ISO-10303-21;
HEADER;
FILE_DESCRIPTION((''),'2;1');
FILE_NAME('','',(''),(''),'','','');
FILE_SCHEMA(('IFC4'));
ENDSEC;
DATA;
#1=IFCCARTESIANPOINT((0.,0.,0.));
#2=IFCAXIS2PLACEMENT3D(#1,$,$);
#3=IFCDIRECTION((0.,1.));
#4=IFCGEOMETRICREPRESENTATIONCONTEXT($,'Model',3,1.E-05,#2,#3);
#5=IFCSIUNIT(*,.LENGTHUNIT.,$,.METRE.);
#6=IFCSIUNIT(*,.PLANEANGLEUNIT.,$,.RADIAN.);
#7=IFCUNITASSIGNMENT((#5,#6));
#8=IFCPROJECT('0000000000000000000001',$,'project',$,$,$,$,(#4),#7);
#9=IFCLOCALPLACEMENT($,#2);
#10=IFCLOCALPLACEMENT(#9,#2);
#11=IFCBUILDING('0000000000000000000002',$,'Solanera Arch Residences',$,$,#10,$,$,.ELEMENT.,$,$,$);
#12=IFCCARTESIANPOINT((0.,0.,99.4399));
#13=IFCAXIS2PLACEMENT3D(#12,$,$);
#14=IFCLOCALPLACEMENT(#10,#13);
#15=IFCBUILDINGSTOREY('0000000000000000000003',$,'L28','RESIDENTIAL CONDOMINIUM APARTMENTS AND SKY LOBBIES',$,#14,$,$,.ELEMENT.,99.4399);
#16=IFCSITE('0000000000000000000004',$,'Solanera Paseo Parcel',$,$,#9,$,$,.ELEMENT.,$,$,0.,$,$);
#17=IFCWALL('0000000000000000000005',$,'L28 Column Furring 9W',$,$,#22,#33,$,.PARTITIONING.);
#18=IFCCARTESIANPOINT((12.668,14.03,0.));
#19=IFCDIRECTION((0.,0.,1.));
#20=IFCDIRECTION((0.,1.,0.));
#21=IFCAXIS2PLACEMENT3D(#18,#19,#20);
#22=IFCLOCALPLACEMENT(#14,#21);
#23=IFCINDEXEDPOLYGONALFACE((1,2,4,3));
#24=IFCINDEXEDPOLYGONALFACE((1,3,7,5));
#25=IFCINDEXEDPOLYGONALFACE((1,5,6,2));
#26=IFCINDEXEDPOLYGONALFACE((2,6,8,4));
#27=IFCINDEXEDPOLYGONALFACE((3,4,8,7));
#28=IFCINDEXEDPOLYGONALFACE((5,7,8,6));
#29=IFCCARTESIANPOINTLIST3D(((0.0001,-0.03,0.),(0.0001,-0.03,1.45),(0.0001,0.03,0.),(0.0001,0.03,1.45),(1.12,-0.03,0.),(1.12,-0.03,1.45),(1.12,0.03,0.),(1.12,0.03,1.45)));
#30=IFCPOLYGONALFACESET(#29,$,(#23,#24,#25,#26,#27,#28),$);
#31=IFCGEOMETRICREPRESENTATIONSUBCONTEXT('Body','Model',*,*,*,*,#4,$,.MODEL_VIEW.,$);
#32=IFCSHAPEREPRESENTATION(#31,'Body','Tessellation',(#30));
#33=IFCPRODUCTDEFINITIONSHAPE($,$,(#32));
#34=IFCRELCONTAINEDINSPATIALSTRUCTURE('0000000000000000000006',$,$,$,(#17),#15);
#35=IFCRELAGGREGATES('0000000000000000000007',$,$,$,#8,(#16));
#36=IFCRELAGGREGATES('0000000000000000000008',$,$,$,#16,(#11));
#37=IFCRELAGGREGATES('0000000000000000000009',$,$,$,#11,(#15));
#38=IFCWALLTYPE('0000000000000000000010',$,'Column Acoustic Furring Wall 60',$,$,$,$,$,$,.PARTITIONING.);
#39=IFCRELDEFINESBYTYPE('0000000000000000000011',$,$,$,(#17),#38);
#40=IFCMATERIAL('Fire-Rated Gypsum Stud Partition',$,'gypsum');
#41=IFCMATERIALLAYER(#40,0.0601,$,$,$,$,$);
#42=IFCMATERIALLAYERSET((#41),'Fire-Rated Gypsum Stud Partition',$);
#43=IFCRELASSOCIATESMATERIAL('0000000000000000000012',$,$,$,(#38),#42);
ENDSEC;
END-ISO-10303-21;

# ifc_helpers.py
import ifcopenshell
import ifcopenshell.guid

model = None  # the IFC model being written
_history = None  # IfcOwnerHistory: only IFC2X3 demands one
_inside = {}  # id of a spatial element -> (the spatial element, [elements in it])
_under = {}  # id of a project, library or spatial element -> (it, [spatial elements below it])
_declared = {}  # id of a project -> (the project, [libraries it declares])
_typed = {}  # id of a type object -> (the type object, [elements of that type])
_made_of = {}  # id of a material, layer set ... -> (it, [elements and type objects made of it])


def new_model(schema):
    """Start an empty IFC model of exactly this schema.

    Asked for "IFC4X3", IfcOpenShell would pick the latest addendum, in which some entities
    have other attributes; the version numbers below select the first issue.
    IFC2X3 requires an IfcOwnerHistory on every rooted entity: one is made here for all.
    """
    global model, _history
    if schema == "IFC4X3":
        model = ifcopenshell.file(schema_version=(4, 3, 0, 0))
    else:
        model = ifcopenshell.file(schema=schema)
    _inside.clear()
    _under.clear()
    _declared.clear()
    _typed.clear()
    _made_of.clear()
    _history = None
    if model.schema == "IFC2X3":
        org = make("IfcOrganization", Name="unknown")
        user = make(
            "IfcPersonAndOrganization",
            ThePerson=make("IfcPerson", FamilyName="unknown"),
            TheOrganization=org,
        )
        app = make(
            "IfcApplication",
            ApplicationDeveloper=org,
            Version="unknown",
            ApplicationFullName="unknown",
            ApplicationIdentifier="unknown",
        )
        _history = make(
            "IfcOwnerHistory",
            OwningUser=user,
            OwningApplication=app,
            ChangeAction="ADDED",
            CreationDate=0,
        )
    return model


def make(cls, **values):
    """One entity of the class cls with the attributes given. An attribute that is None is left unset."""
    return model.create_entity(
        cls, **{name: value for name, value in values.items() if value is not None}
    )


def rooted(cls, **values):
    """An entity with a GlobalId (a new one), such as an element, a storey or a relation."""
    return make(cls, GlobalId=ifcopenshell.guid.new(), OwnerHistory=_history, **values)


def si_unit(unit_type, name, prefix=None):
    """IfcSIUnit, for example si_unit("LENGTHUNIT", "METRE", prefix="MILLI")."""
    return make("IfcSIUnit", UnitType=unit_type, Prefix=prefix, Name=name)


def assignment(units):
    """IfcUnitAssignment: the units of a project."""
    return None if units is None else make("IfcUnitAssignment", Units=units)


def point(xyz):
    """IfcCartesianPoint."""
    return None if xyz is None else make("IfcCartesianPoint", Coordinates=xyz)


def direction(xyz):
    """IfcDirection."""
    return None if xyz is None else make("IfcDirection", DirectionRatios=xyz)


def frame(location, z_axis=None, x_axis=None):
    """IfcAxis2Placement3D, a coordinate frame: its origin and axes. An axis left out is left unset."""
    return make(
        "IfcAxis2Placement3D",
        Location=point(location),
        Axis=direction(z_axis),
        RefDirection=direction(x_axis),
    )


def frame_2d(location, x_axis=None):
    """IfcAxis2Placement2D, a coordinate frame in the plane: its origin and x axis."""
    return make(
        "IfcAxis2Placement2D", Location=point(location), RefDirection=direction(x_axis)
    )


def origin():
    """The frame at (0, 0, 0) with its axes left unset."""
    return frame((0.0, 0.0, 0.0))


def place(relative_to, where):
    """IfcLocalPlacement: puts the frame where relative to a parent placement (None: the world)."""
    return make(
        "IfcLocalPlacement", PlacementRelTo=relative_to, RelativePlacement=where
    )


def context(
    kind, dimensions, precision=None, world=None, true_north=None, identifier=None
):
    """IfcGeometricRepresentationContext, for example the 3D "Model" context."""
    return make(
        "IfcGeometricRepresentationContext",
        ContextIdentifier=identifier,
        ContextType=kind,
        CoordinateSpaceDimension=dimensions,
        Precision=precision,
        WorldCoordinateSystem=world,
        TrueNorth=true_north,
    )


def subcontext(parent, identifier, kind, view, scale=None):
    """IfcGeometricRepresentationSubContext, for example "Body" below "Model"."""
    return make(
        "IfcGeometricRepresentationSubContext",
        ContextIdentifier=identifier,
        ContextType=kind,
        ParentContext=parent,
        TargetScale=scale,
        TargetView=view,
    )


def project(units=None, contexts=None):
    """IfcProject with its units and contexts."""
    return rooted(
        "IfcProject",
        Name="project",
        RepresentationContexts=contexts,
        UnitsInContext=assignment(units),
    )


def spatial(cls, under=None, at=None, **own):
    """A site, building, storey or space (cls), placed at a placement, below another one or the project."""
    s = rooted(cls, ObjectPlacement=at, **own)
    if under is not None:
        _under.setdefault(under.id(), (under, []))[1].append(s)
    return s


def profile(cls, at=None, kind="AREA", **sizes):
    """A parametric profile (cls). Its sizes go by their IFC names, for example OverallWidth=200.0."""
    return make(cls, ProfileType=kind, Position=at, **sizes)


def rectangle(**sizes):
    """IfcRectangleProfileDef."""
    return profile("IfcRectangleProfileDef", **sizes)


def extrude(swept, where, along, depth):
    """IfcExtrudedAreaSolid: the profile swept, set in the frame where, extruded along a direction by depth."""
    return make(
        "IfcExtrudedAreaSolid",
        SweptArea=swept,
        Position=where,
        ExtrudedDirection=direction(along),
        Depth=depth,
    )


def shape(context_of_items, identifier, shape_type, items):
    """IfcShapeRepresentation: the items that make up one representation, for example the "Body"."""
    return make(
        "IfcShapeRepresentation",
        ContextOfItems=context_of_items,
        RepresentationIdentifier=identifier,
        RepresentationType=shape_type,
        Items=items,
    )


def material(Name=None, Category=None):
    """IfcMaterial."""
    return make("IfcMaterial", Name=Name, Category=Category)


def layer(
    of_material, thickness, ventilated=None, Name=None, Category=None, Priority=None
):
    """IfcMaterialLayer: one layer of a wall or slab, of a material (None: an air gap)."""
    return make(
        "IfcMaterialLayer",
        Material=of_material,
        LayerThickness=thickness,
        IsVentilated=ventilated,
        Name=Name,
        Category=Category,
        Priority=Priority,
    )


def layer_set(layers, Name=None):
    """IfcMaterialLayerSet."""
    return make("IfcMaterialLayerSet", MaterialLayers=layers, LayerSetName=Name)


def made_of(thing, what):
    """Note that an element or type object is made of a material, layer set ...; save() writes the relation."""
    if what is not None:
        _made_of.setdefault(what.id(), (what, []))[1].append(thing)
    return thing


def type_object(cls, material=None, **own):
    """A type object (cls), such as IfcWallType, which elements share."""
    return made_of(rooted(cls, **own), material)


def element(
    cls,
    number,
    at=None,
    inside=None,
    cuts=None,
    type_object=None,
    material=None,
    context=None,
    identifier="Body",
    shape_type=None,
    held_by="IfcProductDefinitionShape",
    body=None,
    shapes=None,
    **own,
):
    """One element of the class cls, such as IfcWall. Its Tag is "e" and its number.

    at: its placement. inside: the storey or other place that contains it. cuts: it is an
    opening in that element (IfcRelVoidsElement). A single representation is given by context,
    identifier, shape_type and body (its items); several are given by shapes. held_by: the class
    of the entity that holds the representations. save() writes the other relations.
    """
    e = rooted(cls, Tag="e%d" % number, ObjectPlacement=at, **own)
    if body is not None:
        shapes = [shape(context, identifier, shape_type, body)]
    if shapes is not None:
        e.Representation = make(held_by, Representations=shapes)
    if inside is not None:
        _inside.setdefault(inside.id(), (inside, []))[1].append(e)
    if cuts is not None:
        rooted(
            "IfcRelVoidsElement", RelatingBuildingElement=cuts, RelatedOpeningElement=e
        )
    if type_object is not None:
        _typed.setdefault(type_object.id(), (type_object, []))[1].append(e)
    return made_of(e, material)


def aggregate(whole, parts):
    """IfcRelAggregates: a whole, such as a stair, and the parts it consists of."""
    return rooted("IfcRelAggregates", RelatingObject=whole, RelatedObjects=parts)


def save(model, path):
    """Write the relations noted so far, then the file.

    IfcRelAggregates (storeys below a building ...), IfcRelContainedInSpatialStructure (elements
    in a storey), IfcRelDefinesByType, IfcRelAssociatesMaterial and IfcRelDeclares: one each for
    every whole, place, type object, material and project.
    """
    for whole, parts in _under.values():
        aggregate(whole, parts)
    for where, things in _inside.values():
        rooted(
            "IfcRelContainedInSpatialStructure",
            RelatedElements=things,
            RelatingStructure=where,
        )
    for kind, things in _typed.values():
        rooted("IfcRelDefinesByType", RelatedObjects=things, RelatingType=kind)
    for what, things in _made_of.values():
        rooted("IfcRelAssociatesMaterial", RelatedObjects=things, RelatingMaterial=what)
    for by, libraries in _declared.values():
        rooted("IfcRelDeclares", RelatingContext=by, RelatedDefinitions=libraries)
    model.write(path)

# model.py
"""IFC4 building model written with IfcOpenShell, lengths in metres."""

from ifc_helpers import new_model, si_unit, direction, frame, frame_2d, origin, place, context, subcontext, project, spatial, rectangle, extrude, material, layer, layer_set, type_object, element, save


model = new_model("IFC4")

# Units and contexts
model_context = context("Model", 3, precision=1e-05, world=origin(), true_north=direction((0.0, 1.0)))
body_context = subcontext(model_context, "Body", "Model", "MODEL_VIEW")
ifc_project = project(units=[si_unit("LENGTHUNIT", "METRE"), si_unit("PLANEANGLEUNIT", "RADIAN")], contexts=[model_context])

# Site, building, storey
site_placement = place(None, origin())
site = spatial("IfcSite", under=ifc_project, at=site_placement, Name="Solanera Paseo Parcel", CompositionType="ELEMENT", RefElevation=0.0)
building_placement = place(site_placement, origin())
building = spatial("IfcBuilding", under=site, at=building_placement, Name="Solanera Arch Residences", CompositionType="ELEMENT")
storey_placement = place(building_placement, frame((0.0, 0.0, 99.4399)))
storey = spatial("IfcBuildingStorey", under=building, at=storey_placement, Name="L28", Description="RESIDENTIAL CONDOMINIUM APARTMENTS AND SKY LOBBIES", CompositionType="ELEMENT", Elevation=99.4399)

# Wall
ifc_material_1 = material(Name="Fire-Rated Gypsum Stud Partition", Category="gypsum")
ifc_layer_1 = layer(ifc_material_1, 0.0601)
ifc_layer_set_1 = layer_set([ifc_layer_1], Name="Fire-Rated Gypsum Stud Partition")
wall_type_1 = type_object("IfcWallType", Name="Column Acoustic Furring Wall 60", PredefinedType="PARTITIONING", material=ifc_layer_set_1)
wall_1_placement = place(storey_placement, frame((12.668, 14.03, 0.0), z_axis=(0.0, 0.0, 1.0), x_axis=(0.0, 1.0, 0.0)))
element("IfcWall", 1, at=wall_1_placement, inside=storey, type_object=wall_type_1, Name="L28 Column Furring 9W", PredefinedType="PARTITIONING", context=body_context, shape_type="SweptSolid", body=[
    extrude(rectangle(XDim=1.1199, YDim=0.0601, at=frame_2d((0.5601, 0.0))), origin(), (0.0, 0.0, 1.0), 1.45),
])

save(model, "model.ifc")
